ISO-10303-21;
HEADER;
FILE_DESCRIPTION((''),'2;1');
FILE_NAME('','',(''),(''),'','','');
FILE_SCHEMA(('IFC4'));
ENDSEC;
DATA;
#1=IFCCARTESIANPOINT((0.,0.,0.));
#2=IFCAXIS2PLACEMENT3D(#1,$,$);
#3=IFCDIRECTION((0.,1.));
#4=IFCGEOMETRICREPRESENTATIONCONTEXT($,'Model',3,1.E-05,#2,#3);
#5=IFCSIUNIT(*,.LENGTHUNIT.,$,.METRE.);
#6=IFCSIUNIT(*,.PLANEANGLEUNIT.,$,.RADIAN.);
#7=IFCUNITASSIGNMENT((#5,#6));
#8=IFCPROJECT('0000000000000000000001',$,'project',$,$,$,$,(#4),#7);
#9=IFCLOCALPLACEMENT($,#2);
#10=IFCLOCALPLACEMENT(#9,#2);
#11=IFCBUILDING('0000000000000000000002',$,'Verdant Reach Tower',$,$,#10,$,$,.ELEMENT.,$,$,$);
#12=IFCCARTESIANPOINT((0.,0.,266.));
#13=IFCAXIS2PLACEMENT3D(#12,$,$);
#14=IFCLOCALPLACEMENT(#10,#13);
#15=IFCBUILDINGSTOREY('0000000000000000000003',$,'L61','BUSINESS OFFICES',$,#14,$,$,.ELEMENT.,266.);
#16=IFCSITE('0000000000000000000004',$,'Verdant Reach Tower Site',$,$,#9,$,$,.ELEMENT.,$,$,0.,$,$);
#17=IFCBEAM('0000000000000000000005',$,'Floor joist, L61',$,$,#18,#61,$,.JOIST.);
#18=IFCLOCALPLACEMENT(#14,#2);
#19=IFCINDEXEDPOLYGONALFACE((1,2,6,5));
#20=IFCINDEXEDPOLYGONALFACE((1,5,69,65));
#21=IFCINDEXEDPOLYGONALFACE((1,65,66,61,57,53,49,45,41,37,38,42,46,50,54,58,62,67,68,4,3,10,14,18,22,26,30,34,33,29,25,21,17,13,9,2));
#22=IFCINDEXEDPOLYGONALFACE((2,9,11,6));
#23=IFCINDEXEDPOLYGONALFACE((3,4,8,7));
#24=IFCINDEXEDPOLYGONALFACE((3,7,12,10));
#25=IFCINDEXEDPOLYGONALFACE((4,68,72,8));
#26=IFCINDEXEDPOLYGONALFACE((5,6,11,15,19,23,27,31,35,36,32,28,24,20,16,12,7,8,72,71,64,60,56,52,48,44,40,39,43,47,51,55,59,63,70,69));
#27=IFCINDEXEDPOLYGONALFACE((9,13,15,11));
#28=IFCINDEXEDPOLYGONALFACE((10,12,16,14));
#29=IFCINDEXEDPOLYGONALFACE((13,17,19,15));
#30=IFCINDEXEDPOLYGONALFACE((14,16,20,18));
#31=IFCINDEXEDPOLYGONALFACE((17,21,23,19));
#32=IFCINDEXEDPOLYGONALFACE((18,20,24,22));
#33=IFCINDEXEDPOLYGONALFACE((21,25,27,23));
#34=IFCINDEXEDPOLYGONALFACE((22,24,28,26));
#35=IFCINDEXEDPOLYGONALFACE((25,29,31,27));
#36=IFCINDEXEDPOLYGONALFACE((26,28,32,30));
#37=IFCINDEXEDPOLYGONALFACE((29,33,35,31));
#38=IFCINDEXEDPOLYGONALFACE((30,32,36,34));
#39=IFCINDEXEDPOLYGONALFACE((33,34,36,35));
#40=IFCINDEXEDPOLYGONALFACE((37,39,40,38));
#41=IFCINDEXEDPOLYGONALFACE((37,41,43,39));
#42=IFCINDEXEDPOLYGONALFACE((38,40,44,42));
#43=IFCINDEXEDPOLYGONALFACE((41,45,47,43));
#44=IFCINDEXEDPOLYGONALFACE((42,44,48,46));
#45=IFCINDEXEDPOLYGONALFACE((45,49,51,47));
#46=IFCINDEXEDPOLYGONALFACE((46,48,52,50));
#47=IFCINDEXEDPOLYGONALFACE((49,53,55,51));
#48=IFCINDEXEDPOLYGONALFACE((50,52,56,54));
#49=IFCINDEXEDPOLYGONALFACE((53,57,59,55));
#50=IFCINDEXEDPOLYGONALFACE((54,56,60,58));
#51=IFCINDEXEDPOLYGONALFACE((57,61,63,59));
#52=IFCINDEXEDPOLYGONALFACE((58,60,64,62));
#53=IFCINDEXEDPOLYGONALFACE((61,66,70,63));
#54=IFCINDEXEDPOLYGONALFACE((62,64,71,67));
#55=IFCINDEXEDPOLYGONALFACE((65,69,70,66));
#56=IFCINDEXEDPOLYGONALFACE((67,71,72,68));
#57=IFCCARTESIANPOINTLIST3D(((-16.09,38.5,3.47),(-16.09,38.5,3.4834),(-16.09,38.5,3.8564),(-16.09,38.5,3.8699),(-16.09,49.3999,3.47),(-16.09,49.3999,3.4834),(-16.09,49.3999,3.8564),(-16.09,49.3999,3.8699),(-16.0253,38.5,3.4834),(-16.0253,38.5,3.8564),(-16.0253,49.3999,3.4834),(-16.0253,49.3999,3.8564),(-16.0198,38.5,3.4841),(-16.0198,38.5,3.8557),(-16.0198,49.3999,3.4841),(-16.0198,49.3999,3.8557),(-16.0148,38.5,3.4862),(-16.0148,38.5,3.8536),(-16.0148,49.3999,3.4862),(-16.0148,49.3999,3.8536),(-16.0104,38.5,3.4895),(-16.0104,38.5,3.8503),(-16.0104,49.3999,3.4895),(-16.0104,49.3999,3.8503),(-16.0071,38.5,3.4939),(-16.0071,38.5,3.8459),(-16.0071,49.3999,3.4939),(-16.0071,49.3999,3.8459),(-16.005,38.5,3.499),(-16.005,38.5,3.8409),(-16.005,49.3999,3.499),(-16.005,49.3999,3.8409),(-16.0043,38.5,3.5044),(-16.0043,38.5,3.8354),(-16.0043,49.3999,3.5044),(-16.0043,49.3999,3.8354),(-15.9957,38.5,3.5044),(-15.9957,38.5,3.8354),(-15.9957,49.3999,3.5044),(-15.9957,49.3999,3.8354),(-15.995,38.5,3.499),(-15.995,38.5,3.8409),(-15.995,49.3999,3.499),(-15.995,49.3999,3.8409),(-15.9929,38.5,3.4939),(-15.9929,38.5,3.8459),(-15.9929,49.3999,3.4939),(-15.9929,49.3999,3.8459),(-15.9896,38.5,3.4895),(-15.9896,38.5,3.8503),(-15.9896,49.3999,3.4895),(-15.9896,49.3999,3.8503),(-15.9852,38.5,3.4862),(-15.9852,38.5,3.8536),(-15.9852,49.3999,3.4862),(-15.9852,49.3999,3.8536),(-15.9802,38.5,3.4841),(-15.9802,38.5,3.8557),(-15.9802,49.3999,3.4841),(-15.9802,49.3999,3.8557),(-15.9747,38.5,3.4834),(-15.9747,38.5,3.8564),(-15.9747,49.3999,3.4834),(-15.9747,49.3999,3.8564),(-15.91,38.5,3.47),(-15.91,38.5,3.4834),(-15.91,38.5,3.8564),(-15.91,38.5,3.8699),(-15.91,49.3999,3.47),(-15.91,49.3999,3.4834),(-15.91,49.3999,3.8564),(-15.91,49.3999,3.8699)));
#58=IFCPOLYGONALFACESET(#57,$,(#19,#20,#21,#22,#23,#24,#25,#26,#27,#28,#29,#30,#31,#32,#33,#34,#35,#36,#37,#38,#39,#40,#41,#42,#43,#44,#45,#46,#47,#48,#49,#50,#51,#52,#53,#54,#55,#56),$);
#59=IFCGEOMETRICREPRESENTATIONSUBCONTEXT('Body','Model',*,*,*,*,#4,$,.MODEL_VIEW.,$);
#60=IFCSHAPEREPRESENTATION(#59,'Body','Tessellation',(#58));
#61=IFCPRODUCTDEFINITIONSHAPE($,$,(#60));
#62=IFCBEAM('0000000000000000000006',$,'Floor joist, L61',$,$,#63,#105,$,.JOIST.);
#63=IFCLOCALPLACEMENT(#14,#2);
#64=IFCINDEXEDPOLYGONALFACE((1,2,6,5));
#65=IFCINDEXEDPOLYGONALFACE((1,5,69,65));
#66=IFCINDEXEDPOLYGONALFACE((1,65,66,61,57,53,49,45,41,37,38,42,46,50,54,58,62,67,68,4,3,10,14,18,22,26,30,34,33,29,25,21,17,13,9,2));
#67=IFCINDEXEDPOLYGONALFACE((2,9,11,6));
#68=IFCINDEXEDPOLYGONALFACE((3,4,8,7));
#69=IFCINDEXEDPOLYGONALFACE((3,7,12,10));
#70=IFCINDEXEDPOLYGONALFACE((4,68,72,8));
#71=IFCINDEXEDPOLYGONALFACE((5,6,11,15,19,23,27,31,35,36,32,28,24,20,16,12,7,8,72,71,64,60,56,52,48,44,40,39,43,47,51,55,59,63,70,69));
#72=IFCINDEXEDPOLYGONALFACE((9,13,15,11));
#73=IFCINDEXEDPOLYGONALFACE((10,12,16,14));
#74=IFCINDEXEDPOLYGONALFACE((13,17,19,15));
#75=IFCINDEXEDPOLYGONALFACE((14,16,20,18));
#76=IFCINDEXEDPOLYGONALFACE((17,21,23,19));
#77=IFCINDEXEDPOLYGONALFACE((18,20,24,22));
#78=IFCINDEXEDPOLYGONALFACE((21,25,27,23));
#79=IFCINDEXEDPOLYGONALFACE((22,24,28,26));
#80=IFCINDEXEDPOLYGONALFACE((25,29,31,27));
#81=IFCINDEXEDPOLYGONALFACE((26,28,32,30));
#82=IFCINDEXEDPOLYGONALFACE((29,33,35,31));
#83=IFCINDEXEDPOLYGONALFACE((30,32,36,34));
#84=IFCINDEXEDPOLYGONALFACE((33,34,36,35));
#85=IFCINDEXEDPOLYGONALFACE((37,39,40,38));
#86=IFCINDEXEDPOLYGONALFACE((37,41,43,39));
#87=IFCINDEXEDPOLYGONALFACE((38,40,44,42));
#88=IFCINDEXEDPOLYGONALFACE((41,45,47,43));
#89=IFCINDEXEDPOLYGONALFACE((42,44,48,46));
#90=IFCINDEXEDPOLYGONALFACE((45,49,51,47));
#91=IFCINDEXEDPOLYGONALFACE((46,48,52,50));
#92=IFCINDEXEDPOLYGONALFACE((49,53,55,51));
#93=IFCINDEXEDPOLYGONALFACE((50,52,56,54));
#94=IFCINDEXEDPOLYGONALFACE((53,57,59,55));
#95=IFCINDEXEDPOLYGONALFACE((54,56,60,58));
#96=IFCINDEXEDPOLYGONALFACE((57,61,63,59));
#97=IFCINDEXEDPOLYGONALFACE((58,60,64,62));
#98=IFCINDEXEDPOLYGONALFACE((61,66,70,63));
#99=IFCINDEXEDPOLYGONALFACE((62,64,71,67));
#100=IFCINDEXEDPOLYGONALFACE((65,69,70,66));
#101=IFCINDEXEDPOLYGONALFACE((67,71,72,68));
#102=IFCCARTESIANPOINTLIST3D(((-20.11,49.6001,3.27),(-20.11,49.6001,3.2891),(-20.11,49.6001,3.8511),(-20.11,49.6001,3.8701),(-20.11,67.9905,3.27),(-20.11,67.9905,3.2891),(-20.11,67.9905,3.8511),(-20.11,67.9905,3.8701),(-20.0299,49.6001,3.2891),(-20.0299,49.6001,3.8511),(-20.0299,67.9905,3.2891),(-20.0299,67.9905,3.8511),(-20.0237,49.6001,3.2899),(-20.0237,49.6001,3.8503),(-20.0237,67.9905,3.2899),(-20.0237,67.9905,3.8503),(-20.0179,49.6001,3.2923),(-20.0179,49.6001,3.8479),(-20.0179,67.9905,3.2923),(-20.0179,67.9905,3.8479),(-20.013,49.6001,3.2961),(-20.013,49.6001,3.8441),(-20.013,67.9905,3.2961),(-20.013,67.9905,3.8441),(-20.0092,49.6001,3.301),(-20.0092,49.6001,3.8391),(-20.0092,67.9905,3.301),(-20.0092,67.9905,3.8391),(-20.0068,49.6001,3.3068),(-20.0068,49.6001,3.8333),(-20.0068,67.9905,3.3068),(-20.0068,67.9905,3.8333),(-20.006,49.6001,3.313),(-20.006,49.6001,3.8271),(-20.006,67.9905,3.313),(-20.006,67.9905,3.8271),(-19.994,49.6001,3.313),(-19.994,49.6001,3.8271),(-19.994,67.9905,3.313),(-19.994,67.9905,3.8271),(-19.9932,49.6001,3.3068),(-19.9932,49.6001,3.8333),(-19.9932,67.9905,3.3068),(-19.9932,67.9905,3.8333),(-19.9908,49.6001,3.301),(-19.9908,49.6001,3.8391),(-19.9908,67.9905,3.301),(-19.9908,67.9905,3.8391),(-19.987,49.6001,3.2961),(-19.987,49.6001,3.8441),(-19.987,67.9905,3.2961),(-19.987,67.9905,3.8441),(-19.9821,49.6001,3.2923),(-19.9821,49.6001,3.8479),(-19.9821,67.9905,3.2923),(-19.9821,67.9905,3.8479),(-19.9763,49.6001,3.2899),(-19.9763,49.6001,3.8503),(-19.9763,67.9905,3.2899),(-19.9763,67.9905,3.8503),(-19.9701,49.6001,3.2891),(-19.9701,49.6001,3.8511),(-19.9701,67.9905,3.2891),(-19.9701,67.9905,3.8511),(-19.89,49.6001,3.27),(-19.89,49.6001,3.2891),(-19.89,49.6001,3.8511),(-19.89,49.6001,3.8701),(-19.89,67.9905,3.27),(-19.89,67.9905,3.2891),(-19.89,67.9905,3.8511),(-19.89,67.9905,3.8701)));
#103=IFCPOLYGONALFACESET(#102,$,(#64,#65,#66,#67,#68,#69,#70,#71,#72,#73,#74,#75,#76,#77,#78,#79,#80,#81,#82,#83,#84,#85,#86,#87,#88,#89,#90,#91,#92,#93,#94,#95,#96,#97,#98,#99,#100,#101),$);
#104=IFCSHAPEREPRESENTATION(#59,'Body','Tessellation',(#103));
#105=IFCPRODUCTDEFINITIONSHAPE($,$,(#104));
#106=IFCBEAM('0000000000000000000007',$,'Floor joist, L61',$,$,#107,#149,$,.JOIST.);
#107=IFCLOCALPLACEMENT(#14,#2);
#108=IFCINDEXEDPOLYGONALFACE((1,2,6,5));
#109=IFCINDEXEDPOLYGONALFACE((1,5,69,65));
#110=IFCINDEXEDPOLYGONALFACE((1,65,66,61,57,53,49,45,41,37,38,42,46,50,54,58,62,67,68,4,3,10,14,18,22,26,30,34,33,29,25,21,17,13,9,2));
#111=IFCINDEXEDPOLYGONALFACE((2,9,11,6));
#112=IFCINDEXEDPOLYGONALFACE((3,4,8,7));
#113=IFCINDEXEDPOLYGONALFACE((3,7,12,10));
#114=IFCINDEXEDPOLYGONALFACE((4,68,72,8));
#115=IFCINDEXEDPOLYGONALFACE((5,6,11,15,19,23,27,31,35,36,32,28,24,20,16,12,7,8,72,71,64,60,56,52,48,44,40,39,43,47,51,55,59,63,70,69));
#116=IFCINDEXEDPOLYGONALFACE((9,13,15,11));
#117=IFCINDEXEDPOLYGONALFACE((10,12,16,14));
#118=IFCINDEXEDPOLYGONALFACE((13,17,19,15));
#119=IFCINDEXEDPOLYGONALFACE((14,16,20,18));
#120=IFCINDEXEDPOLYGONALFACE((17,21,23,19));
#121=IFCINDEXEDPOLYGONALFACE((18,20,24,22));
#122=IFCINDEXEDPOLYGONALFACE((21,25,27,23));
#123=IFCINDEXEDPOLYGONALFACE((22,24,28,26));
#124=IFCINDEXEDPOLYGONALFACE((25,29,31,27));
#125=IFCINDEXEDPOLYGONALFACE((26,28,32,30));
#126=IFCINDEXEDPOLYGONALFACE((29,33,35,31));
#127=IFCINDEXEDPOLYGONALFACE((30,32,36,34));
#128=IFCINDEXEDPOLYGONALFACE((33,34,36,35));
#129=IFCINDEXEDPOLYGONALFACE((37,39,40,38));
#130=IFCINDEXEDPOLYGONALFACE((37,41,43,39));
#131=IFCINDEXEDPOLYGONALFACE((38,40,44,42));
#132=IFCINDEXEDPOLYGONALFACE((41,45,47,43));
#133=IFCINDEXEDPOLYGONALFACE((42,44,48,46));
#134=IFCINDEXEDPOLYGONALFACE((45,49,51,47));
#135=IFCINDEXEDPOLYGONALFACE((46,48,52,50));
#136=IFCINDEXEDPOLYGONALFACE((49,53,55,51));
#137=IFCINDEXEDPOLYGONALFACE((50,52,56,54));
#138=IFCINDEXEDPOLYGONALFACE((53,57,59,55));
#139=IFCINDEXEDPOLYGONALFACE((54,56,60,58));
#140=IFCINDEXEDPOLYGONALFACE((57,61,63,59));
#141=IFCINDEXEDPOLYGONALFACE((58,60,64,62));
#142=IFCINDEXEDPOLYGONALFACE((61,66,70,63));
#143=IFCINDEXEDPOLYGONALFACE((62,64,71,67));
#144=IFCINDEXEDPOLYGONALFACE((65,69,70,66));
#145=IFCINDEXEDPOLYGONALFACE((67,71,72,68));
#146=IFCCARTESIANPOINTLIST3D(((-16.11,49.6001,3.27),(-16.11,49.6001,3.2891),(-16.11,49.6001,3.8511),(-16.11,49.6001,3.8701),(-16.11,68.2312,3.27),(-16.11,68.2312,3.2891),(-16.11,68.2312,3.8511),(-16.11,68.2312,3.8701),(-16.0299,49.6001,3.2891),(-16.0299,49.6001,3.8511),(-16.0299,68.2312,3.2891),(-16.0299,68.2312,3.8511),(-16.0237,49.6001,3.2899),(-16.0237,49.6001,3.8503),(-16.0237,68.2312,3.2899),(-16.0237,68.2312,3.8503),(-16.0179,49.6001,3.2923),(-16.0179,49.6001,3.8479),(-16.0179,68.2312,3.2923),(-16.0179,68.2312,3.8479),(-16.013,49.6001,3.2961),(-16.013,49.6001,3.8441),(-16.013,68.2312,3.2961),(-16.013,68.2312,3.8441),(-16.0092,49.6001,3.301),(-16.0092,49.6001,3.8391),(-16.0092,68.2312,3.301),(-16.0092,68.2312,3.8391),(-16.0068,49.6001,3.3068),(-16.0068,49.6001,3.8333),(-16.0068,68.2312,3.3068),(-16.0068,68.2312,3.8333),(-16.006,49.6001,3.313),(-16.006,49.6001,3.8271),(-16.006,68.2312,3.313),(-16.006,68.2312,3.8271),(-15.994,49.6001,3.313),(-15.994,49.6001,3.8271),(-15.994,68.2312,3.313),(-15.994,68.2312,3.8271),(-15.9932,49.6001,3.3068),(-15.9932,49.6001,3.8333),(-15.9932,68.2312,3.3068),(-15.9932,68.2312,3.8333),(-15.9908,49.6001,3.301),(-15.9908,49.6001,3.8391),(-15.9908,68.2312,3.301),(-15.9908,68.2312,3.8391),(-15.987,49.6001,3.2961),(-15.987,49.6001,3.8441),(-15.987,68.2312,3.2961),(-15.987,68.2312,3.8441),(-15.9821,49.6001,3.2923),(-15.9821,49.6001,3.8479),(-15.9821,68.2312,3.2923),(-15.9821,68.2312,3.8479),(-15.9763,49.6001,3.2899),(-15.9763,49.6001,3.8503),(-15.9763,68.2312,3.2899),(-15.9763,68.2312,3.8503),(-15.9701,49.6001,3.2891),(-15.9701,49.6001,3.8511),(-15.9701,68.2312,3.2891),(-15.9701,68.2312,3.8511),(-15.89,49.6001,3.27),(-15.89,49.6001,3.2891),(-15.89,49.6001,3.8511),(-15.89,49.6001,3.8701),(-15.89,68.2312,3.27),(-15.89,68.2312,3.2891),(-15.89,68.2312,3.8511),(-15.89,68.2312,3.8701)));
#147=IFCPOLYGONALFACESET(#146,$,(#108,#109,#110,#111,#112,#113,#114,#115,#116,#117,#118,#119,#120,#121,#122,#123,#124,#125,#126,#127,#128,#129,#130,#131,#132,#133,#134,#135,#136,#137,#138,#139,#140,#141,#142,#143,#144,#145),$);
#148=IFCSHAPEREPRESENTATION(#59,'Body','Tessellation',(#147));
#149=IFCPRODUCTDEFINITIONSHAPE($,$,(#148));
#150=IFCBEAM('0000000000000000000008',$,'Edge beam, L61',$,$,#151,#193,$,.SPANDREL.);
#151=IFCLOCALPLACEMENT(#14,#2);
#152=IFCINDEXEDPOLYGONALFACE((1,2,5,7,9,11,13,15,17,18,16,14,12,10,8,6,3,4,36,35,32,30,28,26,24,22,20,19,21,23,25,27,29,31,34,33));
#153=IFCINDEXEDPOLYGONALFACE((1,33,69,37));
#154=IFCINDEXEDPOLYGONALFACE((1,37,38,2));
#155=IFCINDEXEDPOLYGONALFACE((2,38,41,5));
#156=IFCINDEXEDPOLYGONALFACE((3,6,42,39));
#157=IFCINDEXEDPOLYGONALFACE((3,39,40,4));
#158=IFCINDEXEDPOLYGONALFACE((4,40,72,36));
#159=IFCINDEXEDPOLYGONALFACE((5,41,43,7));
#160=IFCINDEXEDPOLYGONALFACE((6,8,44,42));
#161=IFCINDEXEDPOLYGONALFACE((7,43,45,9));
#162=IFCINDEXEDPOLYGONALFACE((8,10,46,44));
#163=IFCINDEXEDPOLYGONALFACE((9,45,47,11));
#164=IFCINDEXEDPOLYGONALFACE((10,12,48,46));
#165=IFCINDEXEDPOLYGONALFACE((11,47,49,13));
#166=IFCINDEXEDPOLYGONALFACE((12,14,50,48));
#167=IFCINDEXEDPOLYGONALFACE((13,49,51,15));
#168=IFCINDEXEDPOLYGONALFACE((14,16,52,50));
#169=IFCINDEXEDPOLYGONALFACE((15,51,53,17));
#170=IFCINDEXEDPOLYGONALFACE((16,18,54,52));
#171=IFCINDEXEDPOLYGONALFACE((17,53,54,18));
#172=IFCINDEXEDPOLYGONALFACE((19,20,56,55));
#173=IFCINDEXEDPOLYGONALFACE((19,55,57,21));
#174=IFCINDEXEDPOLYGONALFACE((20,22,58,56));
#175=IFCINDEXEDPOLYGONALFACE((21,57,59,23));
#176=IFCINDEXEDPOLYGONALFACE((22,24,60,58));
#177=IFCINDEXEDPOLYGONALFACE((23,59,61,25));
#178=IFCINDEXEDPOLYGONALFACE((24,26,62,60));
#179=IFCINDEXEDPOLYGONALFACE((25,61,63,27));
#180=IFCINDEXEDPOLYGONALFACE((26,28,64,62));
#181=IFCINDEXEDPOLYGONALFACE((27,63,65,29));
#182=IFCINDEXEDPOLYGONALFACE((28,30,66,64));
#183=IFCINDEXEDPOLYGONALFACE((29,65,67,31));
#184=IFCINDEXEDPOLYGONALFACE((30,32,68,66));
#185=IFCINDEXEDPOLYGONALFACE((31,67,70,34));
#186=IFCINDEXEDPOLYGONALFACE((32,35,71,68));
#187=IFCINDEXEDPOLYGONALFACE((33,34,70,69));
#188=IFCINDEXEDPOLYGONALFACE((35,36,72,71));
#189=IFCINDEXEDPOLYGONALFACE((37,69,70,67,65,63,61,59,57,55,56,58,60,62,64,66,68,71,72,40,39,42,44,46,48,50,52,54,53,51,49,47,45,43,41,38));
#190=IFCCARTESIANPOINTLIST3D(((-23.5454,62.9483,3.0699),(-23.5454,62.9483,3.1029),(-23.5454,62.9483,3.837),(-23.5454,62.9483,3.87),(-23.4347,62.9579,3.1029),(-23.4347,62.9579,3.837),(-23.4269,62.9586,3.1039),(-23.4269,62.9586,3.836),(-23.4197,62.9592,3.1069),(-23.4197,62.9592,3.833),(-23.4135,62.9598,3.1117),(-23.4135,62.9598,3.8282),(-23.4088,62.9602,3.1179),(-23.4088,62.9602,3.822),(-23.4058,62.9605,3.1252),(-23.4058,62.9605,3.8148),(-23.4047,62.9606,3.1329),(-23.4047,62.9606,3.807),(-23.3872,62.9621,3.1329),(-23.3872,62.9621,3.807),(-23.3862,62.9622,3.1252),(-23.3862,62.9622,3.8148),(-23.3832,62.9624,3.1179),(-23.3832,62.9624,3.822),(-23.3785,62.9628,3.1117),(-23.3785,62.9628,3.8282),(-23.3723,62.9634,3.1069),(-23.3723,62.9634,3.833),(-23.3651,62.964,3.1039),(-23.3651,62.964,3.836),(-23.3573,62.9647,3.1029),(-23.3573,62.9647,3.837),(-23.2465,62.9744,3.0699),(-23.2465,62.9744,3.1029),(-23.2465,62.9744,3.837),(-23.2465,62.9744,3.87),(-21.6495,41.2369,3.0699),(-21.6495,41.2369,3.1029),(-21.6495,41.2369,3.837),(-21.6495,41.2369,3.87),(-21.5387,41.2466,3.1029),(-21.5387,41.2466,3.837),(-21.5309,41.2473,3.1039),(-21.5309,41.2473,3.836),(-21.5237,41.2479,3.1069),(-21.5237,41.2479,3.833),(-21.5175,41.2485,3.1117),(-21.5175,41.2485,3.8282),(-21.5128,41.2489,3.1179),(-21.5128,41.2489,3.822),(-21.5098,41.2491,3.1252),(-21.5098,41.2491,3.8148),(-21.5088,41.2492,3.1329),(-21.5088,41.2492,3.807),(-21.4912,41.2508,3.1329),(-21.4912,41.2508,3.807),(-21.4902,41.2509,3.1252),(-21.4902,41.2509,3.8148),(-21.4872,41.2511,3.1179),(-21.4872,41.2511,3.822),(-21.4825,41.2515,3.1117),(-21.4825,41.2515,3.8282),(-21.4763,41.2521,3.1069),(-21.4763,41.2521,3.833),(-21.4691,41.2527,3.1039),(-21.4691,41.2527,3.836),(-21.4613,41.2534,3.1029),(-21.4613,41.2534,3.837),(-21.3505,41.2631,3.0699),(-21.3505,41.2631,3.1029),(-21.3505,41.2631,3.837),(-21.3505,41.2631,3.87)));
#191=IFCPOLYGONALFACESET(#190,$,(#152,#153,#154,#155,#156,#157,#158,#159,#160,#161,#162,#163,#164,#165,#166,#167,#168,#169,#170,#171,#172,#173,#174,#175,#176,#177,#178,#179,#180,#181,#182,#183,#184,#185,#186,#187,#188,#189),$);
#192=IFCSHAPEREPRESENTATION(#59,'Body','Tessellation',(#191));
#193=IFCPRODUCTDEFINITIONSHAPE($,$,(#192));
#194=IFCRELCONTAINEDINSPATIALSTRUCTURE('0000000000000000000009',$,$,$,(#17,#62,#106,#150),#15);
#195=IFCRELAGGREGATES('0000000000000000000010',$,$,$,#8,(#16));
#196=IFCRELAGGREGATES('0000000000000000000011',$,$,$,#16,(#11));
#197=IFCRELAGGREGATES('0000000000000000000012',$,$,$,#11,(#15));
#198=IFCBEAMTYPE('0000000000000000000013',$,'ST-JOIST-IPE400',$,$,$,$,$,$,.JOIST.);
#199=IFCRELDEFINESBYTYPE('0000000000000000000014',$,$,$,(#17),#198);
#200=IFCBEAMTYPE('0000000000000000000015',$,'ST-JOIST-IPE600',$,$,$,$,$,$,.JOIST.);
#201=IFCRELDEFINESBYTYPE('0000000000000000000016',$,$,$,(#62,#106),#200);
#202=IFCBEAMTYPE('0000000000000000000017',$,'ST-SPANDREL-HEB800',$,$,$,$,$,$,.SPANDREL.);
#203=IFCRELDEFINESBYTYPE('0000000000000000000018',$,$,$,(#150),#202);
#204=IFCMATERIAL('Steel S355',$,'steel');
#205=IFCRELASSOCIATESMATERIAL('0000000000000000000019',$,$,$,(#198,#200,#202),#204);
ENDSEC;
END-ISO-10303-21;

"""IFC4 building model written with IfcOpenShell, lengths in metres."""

from ifc_helpers import new_model, si_unit, direction, frame, origin, origin_2d, place, context, subcontext, project, spatial, i_section, extrude, material, material_profile, profile_set, type_object, element, save


model = new_model("IFC4")

# Units and contexts
model_context = context("Model", 3, precision=1e-05, world=origin(), true_north=direction((0.0, 1.0)))
body_context = subcontext(model_context, "Body", "Model", "MODEL_VIEW")
ifc_project = project(units=[si_unit("LENGTHUNIT", "METRE"), si_unit("PLANEANGLEUNIT", "RADIAN")], contexts=[model_context])

# Site, building, storey
site_placement = place(None, origin())
site = spatial("IfcSite", under=ifc_project, at=site_placement, Name="Verdant Reach Tower Site", CompositionType="ELEMENT", RefElevation=0.0)
building_placement = place(site_placement, origin())
building = spatial("IfcBuilding", under=site, at=building_placement, Name="Verdant Reach Tower", CompositionType="ELEMENT")
storey_placement = place(building_placement, frame((0.0, 0.0, 266.0)))
storey = spatial("IfcBuildingStorey", under=building, at=storey_placement, Name="L61", Description="BUSINESS OFFICES", CompositionType="ELEMENT", Elevation=266.0)

# Beams
ifc_material_1 = material(Name="Steel S355", Category="steel")
ifc_material_profile_1 = material_profile(ifc_material_1, i_section(OverallWidth=0.1799, OverallDepth=0.3999, WebThickness=0.0085, FlangeThickness=0.0134, FilletRadius=0.021, at=origin_2d()), Name="IPE 400")
ifc_profile_set_1 = profile_set([ifc_material_profile_1], Name="Steel S355")
beam_type_1 = type_object("IfcBeamType", Name="ST-JOIST-IPE400", PredefinedType="JOIST", material=ifc_profile_set_1)
for number, where, z_axis, x_axis, name in (
    (1, (-16.0, 38.5, 3.6699), (0.0, 1.0, 0.0), (-1.0, 0.0, 0.0), "Floor joist, L61"),
):
    element("IfcBeam", number, at=place(storey_placement, frame(where, z_axis=z_axis, x_axis=x_axis)), inside=storey, type_object=beam_type_1, Name=name, PredefinedType="JOIST", context=body_context, shape_type="SweptSolid", body=[
        extrude(i_section(OverallWidth=0.1799, OverallDepth=0.3999, WebThickness=0.0085, FlangeThickness=0.0134, FilletRadius=0.021, at=origin_2d()), origin(), (0.0, 0.0, 1.0), 10.8999),
    ])
ifc_material_profile_2 = material_profile(ifc_material_1, i_section(OverallWidth=0.22, OverallDepth=0.6001, WebThickness=0.012, FlangeThickness=0.019, FilletRadius=0.0239, at=origin_2d()), Name="IPE 600")
ifc_profile_set_2 = profile_set([ifc_material_profile_2], Name="Steel S355")
beam_type_2 = type_object("IfcBeamType", Name="ST-JOIST-IPE600", PredefinedType="JOIST", material=ifc_profile_set_2)
beam_1_placement = place(storey_placement, frame((-20.0, 49.6001, 3.5701), z_axis=(0.0, 1.0, 0.0), x_axis=(-1.0, 0.0, 0.0)))
element("IfcBeam", 2, at=beam_1_placement, inside=storey, type_object=beam_type_2, Name="Floor joist, L61", PredefinedType="JOIST", context=body_context, shape_type="SweptSolid", body=[
    extrude(i_section(OverallWidth=0.22, OverallDepth=0.6001, WebThickness=0.012, FlangeThickness=0.019, FilletRadius=0.0239, at=origin_2d()), origin(), (0.0, 0.0, 1.0), 18.3904),
])
beam_2_placement = place(storey_placement, frame((-16.0, 49.6001, 3.5701), z_axis=(0.0, 1.0, 0.0), x_axis=(-1.0, 0.0, 0.0)))
element("IfcBeam", 3, at=beam_2_placement, inside=storey, type_object=beam_type_2, Name="Floor joist, L61", PredefinedType="JOIST", context=body_context, shape_type="SweptSolid", body=[
    extrude(i_section(OverallWidth=0.22, OverallDepth=0.6001, WebThickness=0.012, FlangeThickness=0.019, FilletRadius=0.0239, at=origin_2d()), origin(), (0.0, 0.0, 1.0), 18.6311),
])
ifc_material_profile_3 = material_profile(ifc_material_1, i_section(OverallWidth=0.3, OverallDepth=0.8, WebThickness=0.0176, FlangeThickness=0.033, FilletRadius=0.03, at=origin_2d()), Name="HEB 800")
ifc_profile_set_3 = profile_set([ifc_material_profile_3], Name="Steel S355")
beam_type_3 = type_object("IfcBeamType", Name="ST-SPANDREL-HEB800", PredefinedType="SPANDREL", material=ifc_profile_set_3)
beam_3_placement = place(storey_placement, frame((-21.5, 41.25, 3.47), z_axis=(-0.086996, 0.996209, 0.0), x_axis=(-0.996209, -0.086996, 0.0)))
element("IfcBeam", 4, at=beam_3_placement, inside=storey, type_object=beam_type_3, Name="Edge beam, L61", PredefinedType="SPANDREL", context=body_context, shape_type="SweptSolid", body=[
    extrude(i_section(OverallWidth=0.3, OverallDepth=0.8, WebThickness=0.0176, FlangeThickness=0.033, FilletRadius=0.03, at=origin_2d()), origin(), (0.0, 0.0, 1.0), 21.7939),
])

save(model, "model.ifc")
